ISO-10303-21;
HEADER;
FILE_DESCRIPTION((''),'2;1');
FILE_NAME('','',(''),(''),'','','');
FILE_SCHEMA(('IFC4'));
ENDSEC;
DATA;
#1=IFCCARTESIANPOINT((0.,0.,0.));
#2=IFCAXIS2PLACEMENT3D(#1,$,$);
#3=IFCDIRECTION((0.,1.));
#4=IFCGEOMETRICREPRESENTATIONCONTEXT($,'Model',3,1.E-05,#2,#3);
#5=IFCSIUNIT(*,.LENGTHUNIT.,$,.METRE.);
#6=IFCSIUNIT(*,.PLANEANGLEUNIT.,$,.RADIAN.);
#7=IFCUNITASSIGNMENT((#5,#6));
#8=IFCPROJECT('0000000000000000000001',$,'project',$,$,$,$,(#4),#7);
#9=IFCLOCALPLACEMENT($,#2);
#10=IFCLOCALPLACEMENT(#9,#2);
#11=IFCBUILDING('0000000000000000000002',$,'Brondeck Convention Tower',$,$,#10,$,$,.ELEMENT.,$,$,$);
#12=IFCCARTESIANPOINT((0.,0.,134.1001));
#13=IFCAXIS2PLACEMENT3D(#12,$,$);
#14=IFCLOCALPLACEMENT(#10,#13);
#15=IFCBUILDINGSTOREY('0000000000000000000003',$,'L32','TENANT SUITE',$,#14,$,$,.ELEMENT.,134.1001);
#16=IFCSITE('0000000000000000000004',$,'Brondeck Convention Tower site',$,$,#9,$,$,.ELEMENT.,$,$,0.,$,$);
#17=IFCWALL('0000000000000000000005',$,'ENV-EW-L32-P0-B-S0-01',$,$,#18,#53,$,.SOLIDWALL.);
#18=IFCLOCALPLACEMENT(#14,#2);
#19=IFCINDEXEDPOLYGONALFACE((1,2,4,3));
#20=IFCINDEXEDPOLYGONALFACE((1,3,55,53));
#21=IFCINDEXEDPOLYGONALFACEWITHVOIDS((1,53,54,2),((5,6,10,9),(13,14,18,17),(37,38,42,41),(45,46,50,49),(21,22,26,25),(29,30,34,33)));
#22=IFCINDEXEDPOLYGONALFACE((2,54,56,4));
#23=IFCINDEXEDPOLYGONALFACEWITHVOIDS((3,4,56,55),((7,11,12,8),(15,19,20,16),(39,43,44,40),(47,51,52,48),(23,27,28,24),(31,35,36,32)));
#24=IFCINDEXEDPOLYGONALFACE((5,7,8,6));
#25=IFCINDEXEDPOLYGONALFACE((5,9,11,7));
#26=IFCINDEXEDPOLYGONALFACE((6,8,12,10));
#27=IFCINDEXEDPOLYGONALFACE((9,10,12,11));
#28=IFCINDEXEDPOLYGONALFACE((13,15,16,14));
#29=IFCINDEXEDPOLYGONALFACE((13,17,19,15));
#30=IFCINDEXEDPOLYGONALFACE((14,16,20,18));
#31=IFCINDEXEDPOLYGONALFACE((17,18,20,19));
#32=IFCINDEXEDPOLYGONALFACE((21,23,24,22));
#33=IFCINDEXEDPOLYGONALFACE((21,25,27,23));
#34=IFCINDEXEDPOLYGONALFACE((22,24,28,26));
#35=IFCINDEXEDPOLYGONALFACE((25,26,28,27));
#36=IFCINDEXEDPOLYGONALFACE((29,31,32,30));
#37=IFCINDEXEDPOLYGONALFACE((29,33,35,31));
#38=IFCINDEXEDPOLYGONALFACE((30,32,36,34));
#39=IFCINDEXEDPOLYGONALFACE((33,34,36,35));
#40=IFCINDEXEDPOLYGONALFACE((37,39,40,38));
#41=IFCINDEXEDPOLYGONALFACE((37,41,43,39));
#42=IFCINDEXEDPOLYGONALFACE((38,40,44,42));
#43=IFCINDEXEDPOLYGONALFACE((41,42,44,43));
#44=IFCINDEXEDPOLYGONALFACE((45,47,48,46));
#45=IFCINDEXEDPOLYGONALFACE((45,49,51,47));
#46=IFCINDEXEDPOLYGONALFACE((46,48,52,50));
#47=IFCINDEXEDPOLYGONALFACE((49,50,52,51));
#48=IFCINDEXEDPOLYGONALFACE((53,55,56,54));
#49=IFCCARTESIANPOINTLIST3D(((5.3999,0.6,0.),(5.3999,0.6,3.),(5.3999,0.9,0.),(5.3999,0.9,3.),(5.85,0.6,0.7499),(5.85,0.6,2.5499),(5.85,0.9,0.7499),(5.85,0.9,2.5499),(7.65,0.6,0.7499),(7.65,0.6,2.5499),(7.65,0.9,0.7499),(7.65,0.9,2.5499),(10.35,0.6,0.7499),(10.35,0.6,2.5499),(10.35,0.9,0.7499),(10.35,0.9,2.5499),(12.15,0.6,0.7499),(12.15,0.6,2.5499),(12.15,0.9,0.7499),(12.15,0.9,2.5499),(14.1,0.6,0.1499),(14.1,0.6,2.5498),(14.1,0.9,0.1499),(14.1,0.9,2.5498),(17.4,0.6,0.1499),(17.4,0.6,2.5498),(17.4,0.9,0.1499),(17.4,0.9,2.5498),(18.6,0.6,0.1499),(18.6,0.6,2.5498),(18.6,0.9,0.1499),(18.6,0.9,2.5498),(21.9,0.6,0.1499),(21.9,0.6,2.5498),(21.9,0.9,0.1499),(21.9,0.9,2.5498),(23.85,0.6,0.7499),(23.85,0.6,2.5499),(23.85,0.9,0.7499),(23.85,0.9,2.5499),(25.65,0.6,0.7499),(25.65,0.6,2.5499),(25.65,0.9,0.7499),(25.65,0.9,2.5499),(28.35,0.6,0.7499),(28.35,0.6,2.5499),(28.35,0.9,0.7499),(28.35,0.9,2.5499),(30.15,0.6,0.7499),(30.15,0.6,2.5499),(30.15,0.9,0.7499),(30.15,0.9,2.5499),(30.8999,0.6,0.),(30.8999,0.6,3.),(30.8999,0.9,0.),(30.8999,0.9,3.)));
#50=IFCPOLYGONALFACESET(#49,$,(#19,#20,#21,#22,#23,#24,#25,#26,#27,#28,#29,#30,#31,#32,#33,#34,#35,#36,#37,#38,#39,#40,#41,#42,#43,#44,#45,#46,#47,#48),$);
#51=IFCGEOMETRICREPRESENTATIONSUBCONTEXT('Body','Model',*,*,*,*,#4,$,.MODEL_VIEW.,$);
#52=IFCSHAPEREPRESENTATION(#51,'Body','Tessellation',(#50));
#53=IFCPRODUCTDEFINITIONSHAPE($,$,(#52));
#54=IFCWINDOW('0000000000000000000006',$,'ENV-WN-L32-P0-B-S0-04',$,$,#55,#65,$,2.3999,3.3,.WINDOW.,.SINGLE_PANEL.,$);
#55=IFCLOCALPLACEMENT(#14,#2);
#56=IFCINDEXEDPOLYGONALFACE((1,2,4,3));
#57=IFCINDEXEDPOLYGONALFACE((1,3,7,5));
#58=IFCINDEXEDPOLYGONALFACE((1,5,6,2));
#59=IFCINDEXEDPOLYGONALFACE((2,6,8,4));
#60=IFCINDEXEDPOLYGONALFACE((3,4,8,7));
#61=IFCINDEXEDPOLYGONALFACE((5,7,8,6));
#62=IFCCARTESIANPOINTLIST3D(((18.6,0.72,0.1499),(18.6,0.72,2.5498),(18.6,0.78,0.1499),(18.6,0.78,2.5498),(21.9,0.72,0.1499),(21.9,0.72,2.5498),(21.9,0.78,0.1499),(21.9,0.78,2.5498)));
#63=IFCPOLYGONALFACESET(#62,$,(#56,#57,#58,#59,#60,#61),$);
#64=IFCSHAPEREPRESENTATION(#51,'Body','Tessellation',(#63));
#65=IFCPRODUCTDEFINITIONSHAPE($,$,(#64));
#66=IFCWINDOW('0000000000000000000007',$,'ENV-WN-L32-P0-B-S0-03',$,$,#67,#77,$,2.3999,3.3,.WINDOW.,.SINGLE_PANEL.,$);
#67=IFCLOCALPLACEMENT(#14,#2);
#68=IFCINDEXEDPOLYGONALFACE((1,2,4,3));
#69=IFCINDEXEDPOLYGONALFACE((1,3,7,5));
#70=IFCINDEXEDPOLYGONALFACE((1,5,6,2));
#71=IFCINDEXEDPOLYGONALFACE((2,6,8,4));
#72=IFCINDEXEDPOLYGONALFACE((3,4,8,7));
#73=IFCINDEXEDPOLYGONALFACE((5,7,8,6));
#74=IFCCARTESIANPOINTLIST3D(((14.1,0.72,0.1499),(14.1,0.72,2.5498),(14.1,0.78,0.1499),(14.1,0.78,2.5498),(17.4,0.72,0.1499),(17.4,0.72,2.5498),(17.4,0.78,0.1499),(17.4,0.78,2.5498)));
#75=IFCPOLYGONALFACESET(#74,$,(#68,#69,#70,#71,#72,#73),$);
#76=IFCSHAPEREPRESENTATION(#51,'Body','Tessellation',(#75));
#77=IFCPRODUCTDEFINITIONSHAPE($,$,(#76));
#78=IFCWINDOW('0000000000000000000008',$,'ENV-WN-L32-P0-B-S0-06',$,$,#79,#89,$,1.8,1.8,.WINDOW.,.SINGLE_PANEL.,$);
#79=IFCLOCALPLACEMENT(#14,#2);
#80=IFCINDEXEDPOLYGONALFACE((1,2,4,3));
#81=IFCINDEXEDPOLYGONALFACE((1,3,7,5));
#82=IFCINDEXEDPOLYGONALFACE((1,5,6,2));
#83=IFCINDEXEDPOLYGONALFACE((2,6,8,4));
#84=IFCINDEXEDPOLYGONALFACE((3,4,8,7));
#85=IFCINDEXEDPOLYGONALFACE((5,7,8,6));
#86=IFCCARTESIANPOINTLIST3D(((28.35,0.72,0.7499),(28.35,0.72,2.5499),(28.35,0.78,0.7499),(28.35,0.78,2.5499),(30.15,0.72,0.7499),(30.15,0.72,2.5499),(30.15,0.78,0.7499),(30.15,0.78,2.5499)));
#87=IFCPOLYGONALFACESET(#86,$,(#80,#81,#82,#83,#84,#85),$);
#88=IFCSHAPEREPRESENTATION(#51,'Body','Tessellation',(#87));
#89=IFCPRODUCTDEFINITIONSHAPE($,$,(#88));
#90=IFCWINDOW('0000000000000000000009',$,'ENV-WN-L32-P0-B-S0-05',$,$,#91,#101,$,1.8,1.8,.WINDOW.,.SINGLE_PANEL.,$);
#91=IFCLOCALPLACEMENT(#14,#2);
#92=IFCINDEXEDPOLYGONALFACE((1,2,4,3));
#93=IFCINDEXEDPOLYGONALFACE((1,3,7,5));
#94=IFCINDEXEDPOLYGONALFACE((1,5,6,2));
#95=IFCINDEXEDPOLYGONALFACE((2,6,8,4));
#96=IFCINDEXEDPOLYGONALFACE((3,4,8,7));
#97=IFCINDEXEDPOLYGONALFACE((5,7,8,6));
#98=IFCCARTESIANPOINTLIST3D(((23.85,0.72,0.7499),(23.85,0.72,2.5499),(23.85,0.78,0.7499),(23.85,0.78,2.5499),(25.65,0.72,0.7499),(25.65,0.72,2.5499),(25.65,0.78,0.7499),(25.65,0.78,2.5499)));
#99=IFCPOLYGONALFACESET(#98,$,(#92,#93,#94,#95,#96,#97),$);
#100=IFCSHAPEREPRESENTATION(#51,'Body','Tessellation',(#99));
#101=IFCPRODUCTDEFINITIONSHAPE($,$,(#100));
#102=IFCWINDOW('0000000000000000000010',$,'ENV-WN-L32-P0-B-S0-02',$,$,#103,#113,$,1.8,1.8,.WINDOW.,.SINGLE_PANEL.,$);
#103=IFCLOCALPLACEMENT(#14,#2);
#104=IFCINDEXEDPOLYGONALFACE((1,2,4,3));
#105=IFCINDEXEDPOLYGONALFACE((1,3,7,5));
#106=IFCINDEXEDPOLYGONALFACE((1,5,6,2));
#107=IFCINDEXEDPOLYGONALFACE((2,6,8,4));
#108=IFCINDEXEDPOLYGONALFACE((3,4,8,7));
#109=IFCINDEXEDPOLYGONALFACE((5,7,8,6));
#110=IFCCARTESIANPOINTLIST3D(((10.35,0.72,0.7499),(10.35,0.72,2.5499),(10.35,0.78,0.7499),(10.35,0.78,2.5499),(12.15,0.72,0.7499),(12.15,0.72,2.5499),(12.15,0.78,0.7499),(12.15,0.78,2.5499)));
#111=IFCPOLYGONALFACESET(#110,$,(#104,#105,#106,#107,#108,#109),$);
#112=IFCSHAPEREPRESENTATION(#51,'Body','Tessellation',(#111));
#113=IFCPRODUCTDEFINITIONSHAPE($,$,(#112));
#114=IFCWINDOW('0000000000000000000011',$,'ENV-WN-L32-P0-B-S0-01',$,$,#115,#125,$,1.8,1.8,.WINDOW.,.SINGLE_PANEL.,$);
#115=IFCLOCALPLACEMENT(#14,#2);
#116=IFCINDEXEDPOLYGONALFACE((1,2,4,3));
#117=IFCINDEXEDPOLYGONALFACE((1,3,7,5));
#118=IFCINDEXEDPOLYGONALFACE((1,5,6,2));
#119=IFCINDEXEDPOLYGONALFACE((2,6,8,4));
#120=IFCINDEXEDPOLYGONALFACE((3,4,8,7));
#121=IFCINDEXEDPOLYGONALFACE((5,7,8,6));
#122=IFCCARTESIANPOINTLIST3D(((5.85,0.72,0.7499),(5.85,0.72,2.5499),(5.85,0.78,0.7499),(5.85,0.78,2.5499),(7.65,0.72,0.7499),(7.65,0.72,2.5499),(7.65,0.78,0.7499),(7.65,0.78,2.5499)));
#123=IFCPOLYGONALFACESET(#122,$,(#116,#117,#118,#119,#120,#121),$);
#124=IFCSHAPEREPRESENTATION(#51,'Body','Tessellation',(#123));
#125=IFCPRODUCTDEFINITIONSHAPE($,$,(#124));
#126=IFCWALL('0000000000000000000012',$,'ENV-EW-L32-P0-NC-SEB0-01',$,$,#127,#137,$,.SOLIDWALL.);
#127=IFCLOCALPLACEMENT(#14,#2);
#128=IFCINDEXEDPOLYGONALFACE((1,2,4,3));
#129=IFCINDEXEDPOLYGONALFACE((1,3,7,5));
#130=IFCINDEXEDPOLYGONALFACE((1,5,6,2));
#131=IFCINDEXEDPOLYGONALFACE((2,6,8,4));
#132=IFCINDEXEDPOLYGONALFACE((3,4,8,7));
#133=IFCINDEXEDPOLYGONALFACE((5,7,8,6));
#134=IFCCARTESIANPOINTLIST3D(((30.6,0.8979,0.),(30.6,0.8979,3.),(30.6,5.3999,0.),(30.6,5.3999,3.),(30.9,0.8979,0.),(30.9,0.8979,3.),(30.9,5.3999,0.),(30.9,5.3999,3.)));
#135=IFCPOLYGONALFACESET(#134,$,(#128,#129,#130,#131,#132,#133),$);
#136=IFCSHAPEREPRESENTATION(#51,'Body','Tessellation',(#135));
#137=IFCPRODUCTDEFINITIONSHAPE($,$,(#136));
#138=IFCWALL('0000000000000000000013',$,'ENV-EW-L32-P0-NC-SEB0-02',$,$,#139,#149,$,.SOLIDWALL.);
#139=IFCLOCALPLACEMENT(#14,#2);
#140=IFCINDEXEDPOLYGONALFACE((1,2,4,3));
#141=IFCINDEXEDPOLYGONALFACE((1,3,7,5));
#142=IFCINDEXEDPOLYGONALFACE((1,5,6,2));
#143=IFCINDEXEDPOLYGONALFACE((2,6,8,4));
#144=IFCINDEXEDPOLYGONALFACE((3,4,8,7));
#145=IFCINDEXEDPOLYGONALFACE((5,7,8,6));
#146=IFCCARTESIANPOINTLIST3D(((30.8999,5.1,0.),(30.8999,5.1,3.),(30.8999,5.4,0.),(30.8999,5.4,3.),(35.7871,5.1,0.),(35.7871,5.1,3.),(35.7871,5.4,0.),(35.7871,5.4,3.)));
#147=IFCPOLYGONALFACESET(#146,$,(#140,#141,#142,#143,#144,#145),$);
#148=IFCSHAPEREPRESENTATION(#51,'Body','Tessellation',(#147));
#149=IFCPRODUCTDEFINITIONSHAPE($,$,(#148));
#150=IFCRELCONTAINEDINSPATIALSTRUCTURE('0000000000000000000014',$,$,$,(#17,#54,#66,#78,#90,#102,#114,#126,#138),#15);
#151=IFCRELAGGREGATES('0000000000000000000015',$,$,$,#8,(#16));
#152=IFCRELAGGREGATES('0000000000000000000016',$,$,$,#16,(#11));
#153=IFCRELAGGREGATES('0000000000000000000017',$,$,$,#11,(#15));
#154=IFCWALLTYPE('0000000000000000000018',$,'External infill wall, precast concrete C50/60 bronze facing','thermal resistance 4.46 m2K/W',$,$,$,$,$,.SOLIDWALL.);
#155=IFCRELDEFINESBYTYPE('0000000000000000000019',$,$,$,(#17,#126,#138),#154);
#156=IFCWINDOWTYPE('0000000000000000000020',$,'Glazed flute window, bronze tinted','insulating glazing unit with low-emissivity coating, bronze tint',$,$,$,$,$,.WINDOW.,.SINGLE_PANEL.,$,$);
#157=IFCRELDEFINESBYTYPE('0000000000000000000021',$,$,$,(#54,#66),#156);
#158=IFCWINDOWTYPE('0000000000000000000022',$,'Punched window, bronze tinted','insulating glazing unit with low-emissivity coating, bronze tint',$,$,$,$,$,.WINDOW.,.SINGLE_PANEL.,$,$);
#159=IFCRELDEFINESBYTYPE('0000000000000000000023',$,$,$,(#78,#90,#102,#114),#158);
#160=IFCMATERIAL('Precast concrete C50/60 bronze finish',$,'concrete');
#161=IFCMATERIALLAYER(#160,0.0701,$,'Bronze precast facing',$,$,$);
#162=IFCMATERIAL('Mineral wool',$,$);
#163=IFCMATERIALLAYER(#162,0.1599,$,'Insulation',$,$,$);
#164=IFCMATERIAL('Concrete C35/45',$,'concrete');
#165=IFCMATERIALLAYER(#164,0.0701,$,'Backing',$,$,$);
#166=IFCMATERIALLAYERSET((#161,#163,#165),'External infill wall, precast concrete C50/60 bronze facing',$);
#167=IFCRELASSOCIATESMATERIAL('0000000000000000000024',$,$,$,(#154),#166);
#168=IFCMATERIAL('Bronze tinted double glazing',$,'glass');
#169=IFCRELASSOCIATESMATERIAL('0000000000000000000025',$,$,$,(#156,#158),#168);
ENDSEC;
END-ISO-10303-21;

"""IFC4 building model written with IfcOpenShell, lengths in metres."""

from ifc_helpers import new_model, si_unit, direction, frame, frame_2d, origin, place, context, subcontext, project, spatial, rectangle, extrude, material, layer, layer_set, type_object, element, fill, save


model = new_model("IFC4")

# Units and contexts
model_context = context("Model", 3, precision=1e-05, world=origin(), true_north=direction((0.0, 1.0)))
body_context = subcontext(model_context, "Body", "Model", "MODEL_VIEW")
ifc_project = project(units=[si_unit("LENGTHUNIT", "METRE"), si_unit("PLANEANGLEUNIT", "RADIAN")], contexts=[model_context])

# Site, building, storey
site_placement = place(None, origin())
site = spatial("IfcSite", under=ifc_project, at=site_placement, Name="Brondeck Convention Tower site", CompositionType="ELEMENT", RefElevation=0.0)
building_placement = place(site_placement, origin())
building = spatial("IfcBuilding", under=site, at=building_placement, Name="Brondeck Convention Tower", CompositionType="ELEMENT")
storey_placement = place(building_placement, frame((0.0, 0.0, 134.1001)))
storey = spatial("IfcBuildingStorey", under=building, at=storey_placement, Name="L32", Description="TENANT SUITE", CompositionType="ELEMENT", Elevation=134.1001)

# Wall, openings, windows
ifc_material_1 = material(Name="Precast concrete C50/60 bronze finish", Category="concrete")
ifc_layer_1 = layer(ifc_material_1, 0.0701, Name="Bronze precast facing")
ifc_material_2 = material(Name="Mineral wool")
ifc_layer_2 = layer(ifc_material_2, 0.1599, Name="Insulation")
ifc_material_3 = material(Name="Concrete C35/45", Category="concrete")
ifc_layer_3 = layer(ifc_material_3, 0.0701, Name="Backing")
ifc_layer_set_1 = layer_set([ifc_layer_1, ifc_layer_2, ifc_layer_3], Name="External infill wall, precast concrete C50/60 bronze facing")
wall_type_1 = type_object("IfcWallType", Name="External infill wall, precast concrete C50/60 bronze facing", Description="thermal resistance 4.46 m2K/W", PredefinedType="SOLIDWALL", material=ifc_layer_set_1)
wall_1_placement = place(storey_placement, frame((30.8999, 0.75, 0.0), z_axis=(0.0, 0.0, 1.0), x_axis=(-1.0, 0.0, 0.0)))
wall_1 = element("IfcWall", 1, at=wall_1_placement, inside=storey, type_object=wall_type_1, Name="ENV-EW-L32-P0-B-S0-01", PredefinedType="SOLIDWALL", context=body_context, shape_type="SweptSolid", body=[
    extrude(rectangle(XDim=25.5, YDim=0.3, at=frame_2d((12.75, 0.0))), origin(), (0.0, 0.0, 1.0), 3.0),
])
opening_1_placement = place(wall_1_placement, frame((0.75, 0.0, 0.75)))
opening_1 = element("IfcOpeningElement", 2, at=opening_1_placement, cuts=wall_1, PredefinedType="OPENING", context=body_context, shape_type="SweptSolid", body=[
    extrude(rectangle(XDim=1.8, YDim=1.8, at=frame_2d((0.8999, 0.8999))), frame((0.0, 0.1599, 0.0), z_axis=(0.0, -1.0, 0.0), x_axis=(1.0, 0.0, 0.0)), (0.0, 0.0, 1.0), 0.3201),
])
opening_2_placement = place(wall_1_placement, frame((5.25, 0.0, 0.75)))
opening_2 = element("IfcOpeningElement", 3, at=opening_2_placement, cuts=wall_1, PredefinedType="OPENING", context=body_context, shape_type="SweptSolid", body=[
    extrude(rectangle(XDim=1.8, YDim=1.8, at=frame_2d((0.8999, 0.8999))), frame((0.0, 0.1599, 0.0), z_axis=(0.0, -1.0, 0.0), x_axis=(1.0, 0.0, 0.0)), (0.0, 0.0, 1.0), 0.3201),
])
opening_3_placement = place(wall_1_placement, frame((9.0, 0.0, 0.1499)))
opening_3 = element("IfcOpeningElement", 4, at=opening_3_placement, cuts=wall_1, PredefinedType="OPENING", context=body_context, shape_type="SweptSolid", body=[
    extrude(rectangle(XDim=3.3, YDim=2.3999, at=frame_2d((1.6499, 1.2))), frame((0.0, 0.1599, 0.0), z_axis=(0.0, -1.0, 0.0), x_axis=(1.0, 0.0, 0.0)), (0.0, 0.0, 1.0), 0.3201),
])
opening_4_placement = place(wall_1_placement, frame((13.5, 0.0, 0.1499)))
opening_4 = element("IfcOpeningElement", 5, at=opening_4_placement, cuts=wall_1, PredefinedType="OPENING", context=body_context, shape_type="SweptSolid", body=[
    extrude(rectangle(XDim=3.3, YDim=2.3999, at=frame_2d((1.6499, 1.2))), frame((0.0, 0.1599, 0.0), z_axis=(0.0, -1.0, 0.0), x_axis=(1.0, 0.0, 0.0)), (0.0, 0.0, 1.0), 0.3201),
])
opening_5_placement = place(wall_1_placement, frame((18.75, 0.0, 0.75)))
opening_5 = element("IfcOpeningElement", 6, at=opening_5_placement, cuts=wall_1, PredefinedType="OPENING", context=body_context, shape_type="SweptSolid", body=[
    extrude(rectangle(XDim=1.8, YDim=1.8, at=frame_2d((0.8999, 0.8999))), frame((0.0, 0.1599, 0.0), z_axis=(0.0, -1.0, 0.0), x_axis=(1.0, 0.0, 0.0)), (0.0, 0.0, 1.0), 0.3201),
])
opening_6_placement = place(wall_1_placement, frame((23.25, 0.0, 0.75)))
opening_6 = element("IfcOpeningElement", 7, at=opening_6_placement, cuts=wall_1, PredefinedType="OPENING", context=body_context, shape_type="SweptSolid", body=[
    extrude(rectangle(XDim=1.8, YDim=1.8, at=frame_2d((0.8999, 0.8999))), frame((0.0, 0.1599, 0.0), z_axis=(0.0, -1.0, 0.0), x_axis=(1.0, 0.0, 0.0)), (0.0, 0.0, 1.0), 0.3201),
])
ifc_material_4 = material(Name="Bronze tinted double glazing", Category="glass")
window_type_1 = type_object("IfcWindowType", Name="Glazed flute window, bronze tinted", Description="insulating glazing unit with low-emissivity coating, bronze tint", PartitioningType="SINGLE_PANEL", PredefinedType="WINDOW", material=ifc_material_4)
window_1_placement = place(opening_3_placement, origin())
window_1 = element("IfcWindow", 8, at=window_1_placement, inside=storey, type_object=window_type_1, Name="ENV-WN-L32-P0-B-S0-04", OverallHeight=2.3999, OverallWidth=3.3, PartitioningType="SINGLE_PANEL", PredefinedType="WINDOW", context=body_context, shape_type="SweptSolid", body=[
    extrude(rectangle(XDim=3.3, YDim=2.3999, at=frame_2d((1.6499, 1.2))), frame((0.0, 0.03, 0.0), z_axis=(0.0, -1.0, 0.0), x_axis=(1.0, 0.0, 0.0)), (0.0, 0.0, 1.0), 0.0601),
])
fill(opening_3, window_1)
window_2_placement = place(opening_4_placement, origin())
window_2 = element("IfcWindow", 9, at=window_2_placement, inside=storey, type_object=window_type_1, Name="ENV-WN-L32-P0-B-S0-03", OverallHeight=2.3999, OverallWidth=3.3, PartitioningType="SINGLE_PANEL", PredefinedType="WINDOW", context=body_context, shape_type="SweptSolid", body=[
    extrude(rectangle(XDim=3.3, YDim=2.3999, at=frame_2d((1.6499, 1.2))), frame((0.0, 0.03, 0.0), z_axis=(0.0, -1.0, 0.0), x_axis=(1.0, 0.0, 0.0)), (0.0, 0.0, 1.0), 0.0601),
])
fill(opening_4, window_2)
window_type_2 = type_object("IfcWindowType", Name="Punched window, bronze tinted", Description="insulating glazing unit with low-emissivity coating, bronze tint", PartitioningType="SINGLE_PANEL", PredefinedType="WINDOW", material=ifc_material_4)
window_3_placement = place(opening_1_placement, origin())
window_3 = element("IfcWindow", 10, at=window_3_placement, inside=storey, type_object=window_type_2, Name="ENV-WN-L32-P0-B-S0-06", OverallHeight=1.8, OverallWidth=1.8, PartitioningType="SINGLE_PANEL", PredefinedType="WINDOW", context=body_context, shape_type="SweptSolid", body=[
    extrude(rectangle(XDim=1.8, YDim=1.8, at=frame_2d((0.8999, 0.8999))), frame((0.0, 0.03, 0.0), z_axis=(0.0, -1.0, 0.0), x_axis=(1.0, 0.0, 0.0)), (0.0, 0.0, 1.0), 0.0601),
])
fill(opening_1, window_3)
window_4_placement = place(opening_2_placement, origin())
window_4 = element("IfcWindow", 11, at=window_4_placement, inside=storey, type_object=window_type_2, Name="ENV-WN-L32-P0-B-S0-05", OverallHeight=1.8, OverallWidth=1.8, PartitioningType="SINGLE_PANEL", PredefinedType="WINDOW", context=body_context, shape_type="SweptSolid", body=[
    extrude(rectangle(XDim=1.8, YDim=1.8, at=frame_2d((0.8999, 0.8999))), frame((0.0, 0.03, 0.0), z_axis=(0.0, -1.0, 0.0), x_axis=(1.0, 0.0, 0.0)), (0.0, 0.0, 1.0), 0.0601),
])
fill(opening_2, window_4)
window_5_placement = place(opening_5_placement, origin())
window_5 = element("IfcWindow", 12, at=window_5_placement, inside=storey, type_object=window_type_2, Name="ENV-WN-L32-P0-B-S0-02", OverallHeight=1.8, OverallWidth=1.8, PartitioningType="SINGLE_PANEL", PredefinedType="WINDOW", context=body_context, shape_type="SweptSolid", body=[
    extrude(rectangle(XDim=1.8, YDim=1.8, at=frame_2d((0.8999, 0.8999))), frame((0.0, 0.03, 0.0), z_axis=(0.0, -1.0, 0.0), x_axis=(1.0, 0.0, 0.0)), (0.0, 0.0, 1.0), 0.0601),
])
fill(opening_5, window_5)
window_6_placement = place(opening_6_placement, origin())
window_6 = element("IfcWindow", 13, at=window_6_placement, inside=storey, type_object=window_type_2, Name="ENV-WN-L32-P0-B-S0-01", OverallHeight=1.8, OverallWidth=1.8, PartitioningType="SINGLE_PANEL", PredefinedType="WINDOW", context=body_context, shape_type="SweptSolid", body=[
    extrude(rectangle(XDim=1.8, YDim=1.8, at=frame_2d((0.8999, 0.8999))), frame((0.0, 0.03, 0.0), z_axis=(0.0, -1.0, 0.0), x_axis=(1.0, 0.0, 0.0)), (0.0, 0.0, 1.0), 0.0601),
])
fill(opening_6, window_6)

# Walls
wall_2_placement = place(storey_placement, frame((30.75, 5.3999, 0.0), z_axis=(0.0, 0.0, 1.0), x_axis=(0.0, -1.0, 0.0)))
element("IfcWall", 14, at=wall_2_placement, inside=storey, type_object=wall_type_1, Name="ENV-EW-L32-P0-NC-SEB0-01", PredefinedType="SOLIDWALL", context=body_context, shape_type="SweptSolid", body=[
    extrude(rectangle(XDim=4.502, YDim=0.3, at=frame_2d((2.251, 0.0))), origin(), (0.0, 0.0, 1.0), 3.0),
])
wall_3_placement = place(storey_placement, frame((35.7871, 5.25, 0.0), z_axis=(0.0, 0.0, 1.0), x_axis=(-1.0, 0.0, 0.0)))
element("IfcWall", 15, at=wall_3_placement, inside=storey, type_object=wall_type_1, Name="ENV-EW-L32-P0-NC-SEB0-02", PredefinedType="SOLIDWALL", context=body_context, shape_type="SweptSolid", body=[
    extrude(rectangle(XDim=4.8872, YDim=0.3, at=frame_2d((2.4436, 0.0))), origin(), (0.0, 0.0, 1.0), 3.0),
])

save(model, "model.ifc")
